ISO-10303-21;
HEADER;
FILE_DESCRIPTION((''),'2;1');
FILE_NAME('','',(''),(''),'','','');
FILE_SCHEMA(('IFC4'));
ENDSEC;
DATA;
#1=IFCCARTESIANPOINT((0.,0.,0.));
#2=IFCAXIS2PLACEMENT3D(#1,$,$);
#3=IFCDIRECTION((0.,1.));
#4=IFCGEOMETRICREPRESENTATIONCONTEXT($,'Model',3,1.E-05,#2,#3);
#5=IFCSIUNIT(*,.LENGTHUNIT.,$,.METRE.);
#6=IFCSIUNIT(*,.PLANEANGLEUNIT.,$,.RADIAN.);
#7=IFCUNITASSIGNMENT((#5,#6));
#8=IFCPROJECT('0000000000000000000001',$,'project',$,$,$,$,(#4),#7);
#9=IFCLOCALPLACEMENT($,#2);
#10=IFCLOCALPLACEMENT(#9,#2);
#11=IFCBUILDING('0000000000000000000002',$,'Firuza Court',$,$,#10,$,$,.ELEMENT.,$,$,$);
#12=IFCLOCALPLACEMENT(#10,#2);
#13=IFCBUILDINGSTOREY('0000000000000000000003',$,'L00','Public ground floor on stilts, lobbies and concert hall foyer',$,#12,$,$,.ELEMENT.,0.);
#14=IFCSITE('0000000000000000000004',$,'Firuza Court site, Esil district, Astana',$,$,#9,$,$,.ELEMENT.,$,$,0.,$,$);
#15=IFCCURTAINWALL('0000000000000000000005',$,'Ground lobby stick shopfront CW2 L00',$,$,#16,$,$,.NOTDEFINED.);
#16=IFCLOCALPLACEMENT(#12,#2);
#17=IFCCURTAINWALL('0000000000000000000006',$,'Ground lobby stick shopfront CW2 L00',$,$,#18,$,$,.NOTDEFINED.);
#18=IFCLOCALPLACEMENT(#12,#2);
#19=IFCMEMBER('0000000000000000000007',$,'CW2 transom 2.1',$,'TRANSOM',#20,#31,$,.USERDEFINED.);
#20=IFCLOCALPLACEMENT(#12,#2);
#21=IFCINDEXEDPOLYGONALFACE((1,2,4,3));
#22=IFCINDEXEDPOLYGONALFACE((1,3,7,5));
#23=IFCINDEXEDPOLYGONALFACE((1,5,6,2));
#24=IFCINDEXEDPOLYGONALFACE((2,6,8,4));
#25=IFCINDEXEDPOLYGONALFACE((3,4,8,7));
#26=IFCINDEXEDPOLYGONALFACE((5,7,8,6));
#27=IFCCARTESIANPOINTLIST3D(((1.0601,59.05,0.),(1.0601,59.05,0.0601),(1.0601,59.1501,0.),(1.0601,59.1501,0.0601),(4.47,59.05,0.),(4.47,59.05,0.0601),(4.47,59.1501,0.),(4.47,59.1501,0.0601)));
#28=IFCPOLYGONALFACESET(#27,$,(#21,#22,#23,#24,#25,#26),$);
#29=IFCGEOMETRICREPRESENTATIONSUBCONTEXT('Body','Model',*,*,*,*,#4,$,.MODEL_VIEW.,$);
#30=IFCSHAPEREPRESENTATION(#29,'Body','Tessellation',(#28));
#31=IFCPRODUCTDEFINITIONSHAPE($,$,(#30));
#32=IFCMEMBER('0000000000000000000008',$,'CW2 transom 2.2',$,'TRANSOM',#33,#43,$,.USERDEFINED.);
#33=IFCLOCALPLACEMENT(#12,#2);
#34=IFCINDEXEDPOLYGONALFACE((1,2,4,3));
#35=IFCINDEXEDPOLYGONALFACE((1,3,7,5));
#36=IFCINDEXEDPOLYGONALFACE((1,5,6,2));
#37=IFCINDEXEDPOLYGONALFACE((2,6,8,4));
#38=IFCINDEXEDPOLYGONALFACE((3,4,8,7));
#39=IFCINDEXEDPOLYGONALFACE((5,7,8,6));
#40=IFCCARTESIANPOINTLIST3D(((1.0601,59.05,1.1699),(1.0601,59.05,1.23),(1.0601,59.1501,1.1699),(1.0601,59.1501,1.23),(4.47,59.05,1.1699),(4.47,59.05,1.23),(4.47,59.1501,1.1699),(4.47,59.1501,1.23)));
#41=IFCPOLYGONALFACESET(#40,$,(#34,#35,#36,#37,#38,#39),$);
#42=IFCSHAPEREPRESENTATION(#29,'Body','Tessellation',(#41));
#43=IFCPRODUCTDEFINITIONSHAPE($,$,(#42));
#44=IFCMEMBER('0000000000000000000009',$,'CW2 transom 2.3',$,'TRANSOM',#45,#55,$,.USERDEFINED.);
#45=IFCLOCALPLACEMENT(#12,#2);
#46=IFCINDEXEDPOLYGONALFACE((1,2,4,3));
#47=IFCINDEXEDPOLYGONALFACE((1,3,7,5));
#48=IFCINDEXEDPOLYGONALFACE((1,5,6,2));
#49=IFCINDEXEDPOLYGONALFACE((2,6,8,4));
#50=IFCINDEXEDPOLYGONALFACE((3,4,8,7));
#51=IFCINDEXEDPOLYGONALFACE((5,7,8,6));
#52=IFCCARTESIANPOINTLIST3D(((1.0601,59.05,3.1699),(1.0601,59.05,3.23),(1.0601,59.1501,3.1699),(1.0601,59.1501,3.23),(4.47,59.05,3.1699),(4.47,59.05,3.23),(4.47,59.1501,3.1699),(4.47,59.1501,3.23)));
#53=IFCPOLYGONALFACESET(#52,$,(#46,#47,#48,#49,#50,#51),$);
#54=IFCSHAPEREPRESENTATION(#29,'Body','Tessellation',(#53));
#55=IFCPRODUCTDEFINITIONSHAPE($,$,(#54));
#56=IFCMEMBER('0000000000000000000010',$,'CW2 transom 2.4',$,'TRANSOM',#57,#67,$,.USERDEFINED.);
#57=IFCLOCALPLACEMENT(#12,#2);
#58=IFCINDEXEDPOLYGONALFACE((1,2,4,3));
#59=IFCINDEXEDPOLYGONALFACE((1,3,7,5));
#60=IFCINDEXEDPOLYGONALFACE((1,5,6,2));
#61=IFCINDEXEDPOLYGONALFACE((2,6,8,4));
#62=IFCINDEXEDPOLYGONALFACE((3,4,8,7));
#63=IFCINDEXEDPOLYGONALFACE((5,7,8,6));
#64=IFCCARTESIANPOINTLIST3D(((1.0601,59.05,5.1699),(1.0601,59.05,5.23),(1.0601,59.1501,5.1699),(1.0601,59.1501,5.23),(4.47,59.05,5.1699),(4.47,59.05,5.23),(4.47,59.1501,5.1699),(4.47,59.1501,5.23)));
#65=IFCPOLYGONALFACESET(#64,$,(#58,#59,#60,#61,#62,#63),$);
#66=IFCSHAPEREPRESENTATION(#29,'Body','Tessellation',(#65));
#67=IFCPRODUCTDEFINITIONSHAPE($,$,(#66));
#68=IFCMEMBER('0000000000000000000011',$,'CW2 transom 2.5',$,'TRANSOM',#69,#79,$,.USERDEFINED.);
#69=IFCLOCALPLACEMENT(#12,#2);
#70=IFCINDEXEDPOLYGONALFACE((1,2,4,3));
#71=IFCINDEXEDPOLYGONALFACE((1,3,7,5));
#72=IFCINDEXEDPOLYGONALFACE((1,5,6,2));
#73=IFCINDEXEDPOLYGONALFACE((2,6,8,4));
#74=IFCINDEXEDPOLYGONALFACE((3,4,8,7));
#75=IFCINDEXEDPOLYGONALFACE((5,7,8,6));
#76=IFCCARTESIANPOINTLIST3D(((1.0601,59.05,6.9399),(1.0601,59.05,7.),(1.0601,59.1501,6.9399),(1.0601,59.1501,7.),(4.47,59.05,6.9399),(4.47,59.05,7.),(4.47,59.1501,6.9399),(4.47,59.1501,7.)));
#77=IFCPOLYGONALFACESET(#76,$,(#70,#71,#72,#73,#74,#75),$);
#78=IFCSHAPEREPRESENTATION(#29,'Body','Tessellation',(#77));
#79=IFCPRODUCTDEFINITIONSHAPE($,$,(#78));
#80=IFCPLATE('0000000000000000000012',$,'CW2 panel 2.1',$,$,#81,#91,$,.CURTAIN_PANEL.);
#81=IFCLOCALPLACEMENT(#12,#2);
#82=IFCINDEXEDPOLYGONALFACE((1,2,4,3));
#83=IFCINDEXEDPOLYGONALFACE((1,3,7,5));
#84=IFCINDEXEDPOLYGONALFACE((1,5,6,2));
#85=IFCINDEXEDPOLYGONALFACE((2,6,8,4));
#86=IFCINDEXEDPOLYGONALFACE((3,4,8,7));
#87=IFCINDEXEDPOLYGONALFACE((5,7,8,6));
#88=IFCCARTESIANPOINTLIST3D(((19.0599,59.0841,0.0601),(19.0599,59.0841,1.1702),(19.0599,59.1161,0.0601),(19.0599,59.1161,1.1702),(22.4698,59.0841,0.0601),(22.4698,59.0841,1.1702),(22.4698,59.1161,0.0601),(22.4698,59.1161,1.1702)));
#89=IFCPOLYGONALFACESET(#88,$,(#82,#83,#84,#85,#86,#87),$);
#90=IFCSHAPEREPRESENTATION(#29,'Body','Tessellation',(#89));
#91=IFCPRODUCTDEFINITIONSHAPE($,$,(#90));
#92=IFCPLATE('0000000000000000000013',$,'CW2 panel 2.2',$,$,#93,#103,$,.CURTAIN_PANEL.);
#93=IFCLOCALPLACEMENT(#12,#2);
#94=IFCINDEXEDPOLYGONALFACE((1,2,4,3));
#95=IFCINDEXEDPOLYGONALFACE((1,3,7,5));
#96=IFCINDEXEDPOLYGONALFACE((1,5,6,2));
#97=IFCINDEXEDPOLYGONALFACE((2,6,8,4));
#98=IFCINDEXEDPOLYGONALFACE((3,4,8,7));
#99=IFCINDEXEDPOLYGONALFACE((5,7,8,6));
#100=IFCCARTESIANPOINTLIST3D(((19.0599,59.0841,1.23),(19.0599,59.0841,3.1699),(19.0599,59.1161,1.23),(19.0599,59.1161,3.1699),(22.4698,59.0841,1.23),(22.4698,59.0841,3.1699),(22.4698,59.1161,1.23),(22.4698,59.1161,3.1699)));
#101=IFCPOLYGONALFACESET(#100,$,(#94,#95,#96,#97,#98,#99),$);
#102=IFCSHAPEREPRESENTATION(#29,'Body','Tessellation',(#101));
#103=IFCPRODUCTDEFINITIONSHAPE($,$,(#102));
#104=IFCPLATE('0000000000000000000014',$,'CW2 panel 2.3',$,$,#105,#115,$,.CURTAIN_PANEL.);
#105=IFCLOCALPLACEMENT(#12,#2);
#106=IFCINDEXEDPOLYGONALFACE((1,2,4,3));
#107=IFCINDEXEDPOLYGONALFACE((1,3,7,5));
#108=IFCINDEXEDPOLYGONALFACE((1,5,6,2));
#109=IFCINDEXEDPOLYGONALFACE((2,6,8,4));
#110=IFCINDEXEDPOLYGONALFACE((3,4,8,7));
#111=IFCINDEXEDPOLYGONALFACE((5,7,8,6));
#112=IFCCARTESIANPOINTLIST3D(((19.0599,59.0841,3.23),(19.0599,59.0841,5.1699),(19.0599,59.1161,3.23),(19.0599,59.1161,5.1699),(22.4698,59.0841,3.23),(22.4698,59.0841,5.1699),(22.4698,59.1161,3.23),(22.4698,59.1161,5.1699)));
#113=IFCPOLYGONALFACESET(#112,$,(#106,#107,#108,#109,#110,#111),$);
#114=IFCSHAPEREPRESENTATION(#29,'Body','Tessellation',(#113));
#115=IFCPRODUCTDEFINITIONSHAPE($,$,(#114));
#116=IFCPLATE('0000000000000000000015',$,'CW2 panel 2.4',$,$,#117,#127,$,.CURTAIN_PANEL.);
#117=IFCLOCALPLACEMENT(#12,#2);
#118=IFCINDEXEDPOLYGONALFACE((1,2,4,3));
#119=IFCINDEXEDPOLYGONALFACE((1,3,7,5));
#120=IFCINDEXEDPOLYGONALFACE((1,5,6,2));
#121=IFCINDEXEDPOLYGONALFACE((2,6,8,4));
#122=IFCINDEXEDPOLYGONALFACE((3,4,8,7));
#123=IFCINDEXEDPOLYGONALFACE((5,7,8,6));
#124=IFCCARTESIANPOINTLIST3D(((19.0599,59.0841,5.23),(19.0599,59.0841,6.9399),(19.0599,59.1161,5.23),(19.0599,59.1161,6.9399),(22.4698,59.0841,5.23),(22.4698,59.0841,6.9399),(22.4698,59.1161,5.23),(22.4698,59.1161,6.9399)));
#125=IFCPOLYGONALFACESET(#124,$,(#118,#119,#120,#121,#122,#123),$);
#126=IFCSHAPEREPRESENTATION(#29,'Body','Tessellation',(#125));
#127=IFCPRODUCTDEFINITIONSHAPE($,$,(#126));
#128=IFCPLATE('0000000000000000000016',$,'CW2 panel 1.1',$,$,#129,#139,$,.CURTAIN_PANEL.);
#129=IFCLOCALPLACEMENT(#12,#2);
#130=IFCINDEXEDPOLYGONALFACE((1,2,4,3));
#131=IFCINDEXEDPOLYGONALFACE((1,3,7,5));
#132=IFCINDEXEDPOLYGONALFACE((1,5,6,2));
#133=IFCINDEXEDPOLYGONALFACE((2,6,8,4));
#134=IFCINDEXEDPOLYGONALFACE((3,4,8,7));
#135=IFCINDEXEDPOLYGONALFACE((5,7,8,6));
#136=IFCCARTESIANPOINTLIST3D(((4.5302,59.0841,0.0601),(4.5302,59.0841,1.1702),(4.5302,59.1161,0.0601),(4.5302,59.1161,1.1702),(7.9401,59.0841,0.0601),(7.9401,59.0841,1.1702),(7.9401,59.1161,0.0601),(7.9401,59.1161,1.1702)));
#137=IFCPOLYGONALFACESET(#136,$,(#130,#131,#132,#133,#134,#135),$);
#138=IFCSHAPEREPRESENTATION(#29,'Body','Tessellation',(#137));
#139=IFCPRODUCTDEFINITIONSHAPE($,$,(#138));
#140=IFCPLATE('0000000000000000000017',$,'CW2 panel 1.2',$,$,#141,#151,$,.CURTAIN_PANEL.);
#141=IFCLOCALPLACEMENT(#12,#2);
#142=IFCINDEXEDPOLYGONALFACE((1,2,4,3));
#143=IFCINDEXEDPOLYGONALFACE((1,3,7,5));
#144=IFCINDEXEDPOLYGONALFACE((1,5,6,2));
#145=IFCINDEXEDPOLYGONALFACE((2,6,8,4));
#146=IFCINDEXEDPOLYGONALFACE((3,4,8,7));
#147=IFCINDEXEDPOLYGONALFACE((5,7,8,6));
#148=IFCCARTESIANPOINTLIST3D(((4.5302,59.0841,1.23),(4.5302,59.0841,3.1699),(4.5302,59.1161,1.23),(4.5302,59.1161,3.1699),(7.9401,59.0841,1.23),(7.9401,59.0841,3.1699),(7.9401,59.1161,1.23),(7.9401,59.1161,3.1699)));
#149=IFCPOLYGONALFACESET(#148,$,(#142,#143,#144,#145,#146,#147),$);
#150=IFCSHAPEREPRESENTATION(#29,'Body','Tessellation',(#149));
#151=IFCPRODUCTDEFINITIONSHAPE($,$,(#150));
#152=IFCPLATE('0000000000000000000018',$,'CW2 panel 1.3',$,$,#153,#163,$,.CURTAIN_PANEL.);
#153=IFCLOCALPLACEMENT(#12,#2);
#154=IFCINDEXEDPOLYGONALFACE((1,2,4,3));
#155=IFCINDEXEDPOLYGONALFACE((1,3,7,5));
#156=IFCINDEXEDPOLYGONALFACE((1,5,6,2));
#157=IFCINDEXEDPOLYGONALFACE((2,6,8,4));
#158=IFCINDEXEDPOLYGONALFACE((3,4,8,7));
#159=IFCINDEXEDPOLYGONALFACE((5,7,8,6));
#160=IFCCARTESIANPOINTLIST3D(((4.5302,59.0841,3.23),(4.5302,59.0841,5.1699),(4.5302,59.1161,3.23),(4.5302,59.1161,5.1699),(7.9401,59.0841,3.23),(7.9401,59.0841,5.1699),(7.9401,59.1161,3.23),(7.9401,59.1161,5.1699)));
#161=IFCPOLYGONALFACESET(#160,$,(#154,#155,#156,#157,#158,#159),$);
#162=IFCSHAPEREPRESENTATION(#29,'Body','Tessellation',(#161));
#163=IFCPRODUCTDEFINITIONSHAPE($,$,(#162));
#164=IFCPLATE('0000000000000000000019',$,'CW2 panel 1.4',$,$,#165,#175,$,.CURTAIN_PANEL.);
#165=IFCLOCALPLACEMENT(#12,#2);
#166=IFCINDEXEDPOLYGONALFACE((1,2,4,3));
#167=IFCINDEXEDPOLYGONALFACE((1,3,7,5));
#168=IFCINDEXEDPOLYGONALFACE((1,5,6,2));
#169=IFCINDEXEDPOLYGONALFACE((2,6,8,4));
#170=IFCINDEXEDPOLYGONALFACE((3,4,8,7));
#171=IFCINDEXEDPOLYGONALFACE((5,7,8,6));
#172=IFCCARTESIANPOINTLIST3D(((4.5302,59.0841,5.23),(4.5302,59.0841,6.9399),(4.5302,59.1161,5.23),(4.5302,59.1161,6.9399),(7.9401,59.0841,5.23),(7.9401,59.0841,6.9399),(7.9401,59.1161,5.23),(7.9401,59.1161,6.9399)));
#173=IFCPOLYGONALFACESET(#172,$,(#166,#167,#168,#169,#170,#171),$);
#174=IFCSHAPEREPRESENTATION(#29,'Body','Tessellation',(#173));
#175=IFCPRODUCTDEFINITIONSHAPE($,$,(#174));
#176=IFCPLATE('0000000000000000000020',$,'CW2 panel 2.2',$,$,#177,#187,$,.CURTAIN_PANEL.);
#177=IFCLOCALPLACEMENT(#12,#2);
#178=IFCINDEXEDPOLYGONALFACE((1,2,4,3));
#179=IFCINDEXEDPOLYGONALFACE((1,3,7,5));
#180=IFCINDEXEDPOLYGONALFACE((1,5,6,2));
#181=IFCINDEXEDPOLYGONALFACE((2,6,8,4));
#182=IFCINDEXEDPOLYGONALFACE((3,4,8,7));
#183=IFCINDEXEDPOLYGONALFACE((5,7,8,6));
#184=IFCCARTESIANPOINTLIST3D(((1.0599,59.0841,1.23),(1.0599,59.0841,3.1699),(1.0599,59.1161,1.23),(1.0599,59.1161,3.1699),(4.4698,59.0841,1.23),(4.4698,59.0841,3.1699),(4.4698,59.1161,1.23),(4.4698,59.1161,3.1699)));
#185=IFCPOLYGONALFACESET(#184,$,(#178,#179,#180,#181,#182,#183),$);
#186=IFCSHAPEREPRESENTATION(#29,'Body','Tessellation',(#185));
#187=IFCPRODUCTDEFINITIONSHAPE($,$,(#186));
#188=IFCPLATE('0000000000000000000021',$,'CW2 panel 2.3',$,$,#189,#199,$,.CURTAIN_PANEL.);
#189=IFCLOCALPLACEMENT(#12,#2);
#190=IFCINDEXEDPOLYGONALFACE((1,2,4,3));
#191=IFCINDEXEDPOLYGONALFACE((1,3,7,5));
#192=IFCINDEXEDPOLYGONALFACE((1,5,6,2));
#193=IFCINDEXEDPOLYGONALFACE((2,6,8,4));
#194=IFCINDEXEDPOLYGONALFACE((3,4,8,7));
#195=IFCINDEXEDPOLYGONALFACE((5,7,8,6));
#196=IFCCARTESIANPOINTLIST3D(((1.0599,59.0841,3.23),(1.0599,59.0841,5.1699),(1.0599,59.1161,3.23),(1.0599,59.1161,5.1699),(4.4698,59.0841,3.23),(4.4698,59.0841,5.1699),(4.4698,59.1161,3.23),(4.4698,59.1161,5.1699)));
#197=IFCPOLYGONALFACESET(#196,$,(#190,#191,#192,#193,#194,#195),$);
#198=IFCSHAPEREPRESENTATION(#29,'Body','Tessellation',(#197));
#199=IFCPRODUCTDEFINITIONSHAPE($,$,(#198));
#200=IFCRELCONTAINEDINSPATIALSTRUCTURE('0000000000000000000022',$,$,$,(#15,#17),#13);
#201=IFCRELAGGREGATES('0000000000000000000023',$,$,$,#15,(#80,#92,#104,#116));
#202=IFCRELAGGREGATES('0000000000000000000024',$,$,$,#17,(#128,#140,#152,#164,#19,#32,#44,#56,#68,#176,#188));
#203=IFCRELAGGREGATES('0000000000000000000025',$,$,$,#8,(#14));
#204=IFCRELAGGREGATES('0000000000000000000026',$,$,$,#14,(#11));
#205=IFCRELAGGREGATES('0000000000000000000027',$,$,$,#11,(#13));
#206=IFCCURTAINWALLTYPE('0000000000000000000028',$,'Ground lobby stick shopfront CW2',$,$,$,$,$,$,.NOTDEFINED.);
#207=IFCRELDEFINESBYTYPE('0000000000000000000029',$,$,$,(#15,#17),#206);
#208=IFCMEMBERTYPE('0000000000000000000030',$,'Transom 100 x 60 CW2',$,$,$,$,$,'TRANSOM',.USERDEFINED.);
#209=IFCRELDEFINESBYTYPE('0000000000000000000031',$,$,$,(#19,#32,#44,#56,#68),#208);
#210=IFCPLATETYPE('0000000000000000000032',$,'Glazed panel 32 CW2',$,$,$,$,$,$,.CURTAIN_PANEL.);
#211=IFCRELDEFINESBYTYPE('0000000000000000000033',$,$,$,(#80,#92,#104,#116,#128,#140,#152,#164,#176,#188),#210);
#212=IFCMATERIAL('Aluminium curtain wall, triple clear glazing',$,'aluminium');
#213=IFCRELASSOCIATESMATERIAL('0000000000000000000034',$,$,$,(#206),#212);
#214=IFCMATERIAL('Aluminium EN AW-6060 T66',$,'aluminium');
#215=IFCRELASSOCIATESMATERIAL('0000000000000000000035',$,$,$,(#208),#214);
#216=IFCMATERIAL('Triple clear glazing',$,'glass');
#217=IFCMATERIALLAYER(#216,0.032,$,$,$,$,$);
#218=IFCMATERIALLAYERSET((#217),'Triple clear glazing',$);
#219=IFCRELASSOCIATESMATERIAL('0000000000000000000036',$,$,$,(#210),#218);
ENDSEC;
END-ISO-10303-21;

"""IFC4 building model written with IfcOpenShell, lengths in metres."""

from ifc_helpers import new_model, si_unit, direction, frame, origin, origin_2d, place, context, subcontext, project, spatial, rectangle, extrude, material, layer, layer_set, material_profile, profile_set, type_object, element, aggregate, save


model = new_model("IFC4")

# Units and contexts
model_context = context("Model", 3, precision=1e-05, world=origin(), true_north=direction((0.0, 1.0)))
body_context = subcontext(model_context, "Body", "Model", "MODEL_VIEW")
ifc_project = project(units=[si_unit("LENGTHUNIT", "METRE"), si_unit("PLANEANGLEUNIT", "RADIAN")], contexts=[model_context])

# Site, building, storey
site_placement = place(None, origin())
site = spatial("IfcSite", under=ifc_project, at=site_placement, Name="Firuza Court site, Esil district, Astana", CompositionType="ELEMENT", RefElevation=0.0)
building_placement = place(site_placement, origin())
building = spatial("IfcBuilding", under=site, at=building_placement, Name="Firuza Court", CompositionType="ELEMENT")
storey_placement = place(building_placement, origin())
storey = spatial("IfcBuildingStorey", under=building, at=storey_placement, Name="L00", Description="Public ground floor on stilts, lobbies and concert hall foyer", CompositionType="ELEMENT", Elevation=0.0)

# Curtain wall
ifc_material_1 = material(Name="Aluminium curtain wall, triple clear glazing", Category="aluminium")
curtain_wall_type = type_object("IfcCurtainWallType", Name="Ground lobby stick shopfront CW2", PredefinedType="NOTDEFINED", material=ifc_material_1)
curtain_wall_1_placement = place(storey_placement, origin())
curtain_wall_1 = element("IfcCurtainWall", 1, at=curtain_wall_1_placement, inside=storey, type_object=curtain_wall_type, Name="Ground lobby stick shopfront CW2 L00", PredefinedType="NOTDEFINED")

# Curtain wall
curtain_wall_2_placement = place(storey_placement, origin())
curtain_wall_2 = element("IfcCurtainWall", 2, at=curtain_wall_2_placement, inside=storey, type_object=curtain_wall_type, Name="Ground lobby stick shopfront CW2 L00", PredefinedType="NOTDEFINED")

# Members
ifc_material_2 = material(Name="Aluminium EN AW-6060 T66", Category="aluminium")
ifc_material_profile_1 = material_profile(ifc_material_2, rectangle(XDim=0.1001, YDim=0.0601, at=origin_2d()), Name="Transom 100 x 60 CW2")
ifc_profile_set_1 = profile_set([ifc_material_profile_1], Name="Aluminium EN AW-6060 T66")
member_type_1 = type_object("IfcMemberType", Name="Transom 100 x 60 CW2", ElementType="TRANSOM", PredefinedType="USERDEFINED", material=ifc_profile_set_1)
member_1_placement = place(storey_placement, frame((4.47, 59.1001, 0.03), z_axis=(-1.0, 0.0, 0.0), x_axis=(0.0, -1.0, 0.0)))
member_1 = element("IfcMember", 3, at=member_1_placement, type_object=member_type_1, Name="CW2 transom 2.1", ObjectType="TRANSOM", PredefinedType="USERDEFINED", context=body_context, shape_type="SweptSolid", body=[
    extrude(rectangle(XDim=0.1001, YDim=0.0601, at=origin_2d()), origin(), (0.0, 0.0, 1.0), 3.4099),
])
member_2_placement = place(storey_placement, frame((4.47, 59.1001, 1.2), z_axis=(-1.0, 0.0, 0.0), x_axis=(0.0, -1.0, 0.0)))
member_2 = element("IfcMember", 4, at=member_2_placement, type_object=member_type_1, Name="CW2 transom 2.2", ObjectType="TRANSOM", PredefinedType="USERDEFINED", context=body_context, shape_type="SweptSolid", body=[
    extrude(rectangle(XDim=0.1001, YDim=0.0601, at=origin_2d()), origin(), (0.0, 0.0, 1.0), 3.4099),
])
member_3_placement = place(storey_placement, frame((4.47, 59.1001, 3.2), z_axis=(-1.0, 0.0, 0.0), x_axis=(0.0, -1.0, 0.0)))
member_3 = element("IfcMember", 5, at=member_3_placement, type_object=member_type_1, Name="CW2 transom 2.3", ObjectType="TRANSOM", PredefinedType="USERDEFINED", context=body_context, shape_type="SweptSolid", body=[
    extrude(rectangle(XDim=0.1001, YDim=0.0601, at=origin_2d()), origin(), (0.0, 0.0, 1.0), 3.4099),
])
member_4_placement = place(storey_placement, frame((4.47, 59.1001, 5.2), z_axis=(-1.0, 0.0, 0.0), x_axis=(0.0, -1.0, 0.0)))
member_4 = element("IfcMember", 6, at=member_4_placement, type_object=member_type_1, Name="CW2 transom 2.4", ObjectType="TRANSOM", PredefinedType="USERDEFINED", context=body_context, shape_type="SweptSolid", body=[
    extrude(rectangle(XDim=0.1001, YDim=0.0601, at=origin_2d()), origin(), (0.0, 0.0, 1.0), 3.4099),
])
member_5_placement = place(storey_placement, frame((4.47, 59.1001, 6.97), z_axis=(-1.0, 0.0, 0.0), x_axis=(0.0, -1.0, 0.0)))
member_5 = element("IfcMember", 7, at=member_5_placement, type_object=member_type_1, Name="CW2 transom 2.5", ObjectType="TRANSOM", PredefinedType="USERDEFINED", context=body_context, shape_type="SweptSolid", body=[
    extrude(rectangle(XDim=0.1001, YDim=0.0601, at=origin_2d()), origin(), (0.0, 0.0, 1.0), 3.4099),
])

# Plates
ifc_material_3 = material(Name="Triple clear glazing", Category="glass")
ifc_layer_1 = layer(ifc_material_3, 0.032)
ifc_layer_set_1 = layer_set([ifc_layer_1], Name="Triple clear glazing")
plate_type = type_object("IfcPlateType", Name="Glazed panel 32 CW2", PredefinedType="CURTAIN_PANEL", material=ifc_layer_set_1)
plate_1_placement = place(storey_placement, frame((20.7649, 59.1001, 0.0601), z_axis=(0.0, 0.0, 1.0), x_axis=(-1.0, 0.0, 0.0)))
plate_1 = element("IfcPlate", 8, at=plate_1_placement, type_object=plate_type, Name="CW2 panel 2.1", PredefinedType="CURTAIN_PANEL", context=body_context, shape_type="SweptSolid", body=[
    extrude(rectangle(XDim=3.4099, YDim=0.032, at=origin_2d()), origin(), (0.0, 0.0, 1.0), 1.1101),
])
plate_2_placement = place(storey_placement, frame((20.7649, 59.1001, 1.23), z_axis=(0.0, 0.0, 1.0), x_axis=(-1.0, 0.0, 0.0)))
plate_2 = element("IfcPlate", 9, at=plate_2_placement, type_object=plate_type, Name="CW2 panel 2.2", PredefinedType="CURTAIN_PANEL", context=body_context, shape_type="SweptSolid", body=[
    extrude(rectangle(XDim=3.4099, YDim=0.032, at=origin_2d()), origin(), (0.0, 0.0, 1.0), 1.9399),
])
plate_3_placement = place(storey_placement, frame((20.7649, 59.1001, 3.23), z_axis=(0.0, 0.0, 1.0), x_axis=(-1.0, 0.0, 0.0)))
plate_3 = element("IfcPlate", 10, at=plate_3_placement, type_object=plate_type, Name="CW2 panel 2.3", PredefinedType="CURTAIN_PANEL", context=body_context, shape_type="SweptSolid", body=[
    extrude(rectangle(XDim=3.4099, YDim=0.032, at=origin_2d()), origin(), (0.0, 0.0, 1.0), 1.9399),
])
plate_4_placement = place(storey_placement, frame((20.7649, 59.1001, 5.23), z_axis=(0.0, 0.0, 1.0), x_axis=(-1.0, 0.0, 0.0)))
plate_4 = element("IfcPlate", 11, at=plate_4_placement, type_object=plate_type, Name="CW2 panel 2.4", PredefinedType="CURTAIN_PANEL", context=body_context, shape_type="SweptSolid", body=[
    extrude(rectangle(XDim=3.4099, YDim=0.032, at=origin_2d()), origin(), (0.0, 0.0, 1.0), 1.71),
])
aggregate(curtain_wall_1, [plate_1, plate_2, plate_3, plate_4])
plate_5_placement = place(storey_placement, frame((6.2351, 59.1001, 0.0601), z_axis=(0.0, 0.0, 1.0), x_axis=(-1.0, 0.0, 0.0)))
plate_5 = element("IfcPlate", 12, at=plate_5_placement, type_object=plate_type, Name="CW2 panel 1.1", PredefinedType="CURTAIN_PANEL", context=body_context, shape_type="SweptSolid", body=[
    extrude(rectangle(XDim=3.4099, YDim=0.032, at=origin_2d()), origin(), (0.0, 0.0, 1.0), 1.1101),
])
plate_6_placement = place(storey_placement, frame((6.2351, 59.1001, 1.23), z_axis=(0.0, 0.0, 1.0), x_axis=(-1.0, 0.0, 0.0)))
plate_6 = element("IfcPlate", 13, at=plate_6_placement, type_object=plate_type, Name="CW2 panel 1.2", PredefinedType="CURTAIN_PANEL", context=body_context, shape_type="SweptSolid", body=[
    extrude(rectangle(XDim=3.4099, YDim=0.032, at=origin_2d()), origin(), (0.0, 0.0, 1.0), 1.9399),
])
plate_7_placement = place(storey_placement, frame((6.2351, 59.1001, 3.23), z_axis=(0.0, 0.0, 1.0), x_axis=(-1.0, 0.0, 0.0)))
plate_7 = element("IfcPlate", 14, at=plate_7_placement, type_object=plate_type, Name="CW2 panel 1.3", PredefinedType="CURTAIN_PANEL", context=body_context, shape_type="SweptSolid", body=[
    extrude(rectangle(XDim=3.4099, YDim=0.032, at=origin_2d()), origin(), (0.0, 0.0, 1.0), 1.9399),
])
plate_8_placement = place(storey_placement, frame((6.2351, 59.1001, 5.23), z_axis=(0.0, 0.0, 1.0), x_axis=(-1.0, 0.0, 0.0)))
plate_8 = element("IfcPlate", 15, at=plate_8_placement, type_object=plate_type, Name="CW2 panel 1.4", PredefinedType="CURTAIN_PANEL", context=body_context, shape_type="SweptSolid", body=[
    extrude(rectangle(XDim=3.4099, YDim=0.032, at=origin_2d()), origin(), (0.0, 0.0, 1.0), 1.71),
])
plate_9_placement = place(storey_placement, frame((2.7649, 59.1001, 1.23), z_axis=(0.0, 0.0, 1.0), x_axis=(-1.0, 0.0, 0.0)))
plate_9 = element("IfcPlate", 16, at=plate_9_placement, type_object=plate_type, Name="CW2 panel 2.2", PredefinedType="CURTAIN_PANEL", context=body_context, shape_type="SweptSolid", body=[
    extrude(rectangle(XDim=3.4099, YDim=0.032, at=origin_2d()), origin(), (0.0, 0.0, 1.0), 1.9399),
])
plate_10_placement = place(storey_placement, frame((2.7649, 59.1001, 3.23), z_axis=(0.0, 0.0, 1.0), x_axis=(-1.0, 0.0, 0.0)))
plate_10 = element("IfcPlate", 17, at=plate_10_placement, type_object=plate_type, Name="CW2 panel 2.3", PredefinedType="CURTAIN_PANEL", context=body_context, shape_type="SweptSolid", body=[
    extrude(rectangle(XDim=3.4099, YDim=0.032, at=origin_2d()), origin(), (0.0, 0.0, 1.0), 1.9399),
])
aggregate(curtain_wall_2, [plate_5, plate_6, plate_7, plate_8, member_1, member_2, member_3, member_4, member_5, plate_9, plate_10])

save(model, "model.ifc")
